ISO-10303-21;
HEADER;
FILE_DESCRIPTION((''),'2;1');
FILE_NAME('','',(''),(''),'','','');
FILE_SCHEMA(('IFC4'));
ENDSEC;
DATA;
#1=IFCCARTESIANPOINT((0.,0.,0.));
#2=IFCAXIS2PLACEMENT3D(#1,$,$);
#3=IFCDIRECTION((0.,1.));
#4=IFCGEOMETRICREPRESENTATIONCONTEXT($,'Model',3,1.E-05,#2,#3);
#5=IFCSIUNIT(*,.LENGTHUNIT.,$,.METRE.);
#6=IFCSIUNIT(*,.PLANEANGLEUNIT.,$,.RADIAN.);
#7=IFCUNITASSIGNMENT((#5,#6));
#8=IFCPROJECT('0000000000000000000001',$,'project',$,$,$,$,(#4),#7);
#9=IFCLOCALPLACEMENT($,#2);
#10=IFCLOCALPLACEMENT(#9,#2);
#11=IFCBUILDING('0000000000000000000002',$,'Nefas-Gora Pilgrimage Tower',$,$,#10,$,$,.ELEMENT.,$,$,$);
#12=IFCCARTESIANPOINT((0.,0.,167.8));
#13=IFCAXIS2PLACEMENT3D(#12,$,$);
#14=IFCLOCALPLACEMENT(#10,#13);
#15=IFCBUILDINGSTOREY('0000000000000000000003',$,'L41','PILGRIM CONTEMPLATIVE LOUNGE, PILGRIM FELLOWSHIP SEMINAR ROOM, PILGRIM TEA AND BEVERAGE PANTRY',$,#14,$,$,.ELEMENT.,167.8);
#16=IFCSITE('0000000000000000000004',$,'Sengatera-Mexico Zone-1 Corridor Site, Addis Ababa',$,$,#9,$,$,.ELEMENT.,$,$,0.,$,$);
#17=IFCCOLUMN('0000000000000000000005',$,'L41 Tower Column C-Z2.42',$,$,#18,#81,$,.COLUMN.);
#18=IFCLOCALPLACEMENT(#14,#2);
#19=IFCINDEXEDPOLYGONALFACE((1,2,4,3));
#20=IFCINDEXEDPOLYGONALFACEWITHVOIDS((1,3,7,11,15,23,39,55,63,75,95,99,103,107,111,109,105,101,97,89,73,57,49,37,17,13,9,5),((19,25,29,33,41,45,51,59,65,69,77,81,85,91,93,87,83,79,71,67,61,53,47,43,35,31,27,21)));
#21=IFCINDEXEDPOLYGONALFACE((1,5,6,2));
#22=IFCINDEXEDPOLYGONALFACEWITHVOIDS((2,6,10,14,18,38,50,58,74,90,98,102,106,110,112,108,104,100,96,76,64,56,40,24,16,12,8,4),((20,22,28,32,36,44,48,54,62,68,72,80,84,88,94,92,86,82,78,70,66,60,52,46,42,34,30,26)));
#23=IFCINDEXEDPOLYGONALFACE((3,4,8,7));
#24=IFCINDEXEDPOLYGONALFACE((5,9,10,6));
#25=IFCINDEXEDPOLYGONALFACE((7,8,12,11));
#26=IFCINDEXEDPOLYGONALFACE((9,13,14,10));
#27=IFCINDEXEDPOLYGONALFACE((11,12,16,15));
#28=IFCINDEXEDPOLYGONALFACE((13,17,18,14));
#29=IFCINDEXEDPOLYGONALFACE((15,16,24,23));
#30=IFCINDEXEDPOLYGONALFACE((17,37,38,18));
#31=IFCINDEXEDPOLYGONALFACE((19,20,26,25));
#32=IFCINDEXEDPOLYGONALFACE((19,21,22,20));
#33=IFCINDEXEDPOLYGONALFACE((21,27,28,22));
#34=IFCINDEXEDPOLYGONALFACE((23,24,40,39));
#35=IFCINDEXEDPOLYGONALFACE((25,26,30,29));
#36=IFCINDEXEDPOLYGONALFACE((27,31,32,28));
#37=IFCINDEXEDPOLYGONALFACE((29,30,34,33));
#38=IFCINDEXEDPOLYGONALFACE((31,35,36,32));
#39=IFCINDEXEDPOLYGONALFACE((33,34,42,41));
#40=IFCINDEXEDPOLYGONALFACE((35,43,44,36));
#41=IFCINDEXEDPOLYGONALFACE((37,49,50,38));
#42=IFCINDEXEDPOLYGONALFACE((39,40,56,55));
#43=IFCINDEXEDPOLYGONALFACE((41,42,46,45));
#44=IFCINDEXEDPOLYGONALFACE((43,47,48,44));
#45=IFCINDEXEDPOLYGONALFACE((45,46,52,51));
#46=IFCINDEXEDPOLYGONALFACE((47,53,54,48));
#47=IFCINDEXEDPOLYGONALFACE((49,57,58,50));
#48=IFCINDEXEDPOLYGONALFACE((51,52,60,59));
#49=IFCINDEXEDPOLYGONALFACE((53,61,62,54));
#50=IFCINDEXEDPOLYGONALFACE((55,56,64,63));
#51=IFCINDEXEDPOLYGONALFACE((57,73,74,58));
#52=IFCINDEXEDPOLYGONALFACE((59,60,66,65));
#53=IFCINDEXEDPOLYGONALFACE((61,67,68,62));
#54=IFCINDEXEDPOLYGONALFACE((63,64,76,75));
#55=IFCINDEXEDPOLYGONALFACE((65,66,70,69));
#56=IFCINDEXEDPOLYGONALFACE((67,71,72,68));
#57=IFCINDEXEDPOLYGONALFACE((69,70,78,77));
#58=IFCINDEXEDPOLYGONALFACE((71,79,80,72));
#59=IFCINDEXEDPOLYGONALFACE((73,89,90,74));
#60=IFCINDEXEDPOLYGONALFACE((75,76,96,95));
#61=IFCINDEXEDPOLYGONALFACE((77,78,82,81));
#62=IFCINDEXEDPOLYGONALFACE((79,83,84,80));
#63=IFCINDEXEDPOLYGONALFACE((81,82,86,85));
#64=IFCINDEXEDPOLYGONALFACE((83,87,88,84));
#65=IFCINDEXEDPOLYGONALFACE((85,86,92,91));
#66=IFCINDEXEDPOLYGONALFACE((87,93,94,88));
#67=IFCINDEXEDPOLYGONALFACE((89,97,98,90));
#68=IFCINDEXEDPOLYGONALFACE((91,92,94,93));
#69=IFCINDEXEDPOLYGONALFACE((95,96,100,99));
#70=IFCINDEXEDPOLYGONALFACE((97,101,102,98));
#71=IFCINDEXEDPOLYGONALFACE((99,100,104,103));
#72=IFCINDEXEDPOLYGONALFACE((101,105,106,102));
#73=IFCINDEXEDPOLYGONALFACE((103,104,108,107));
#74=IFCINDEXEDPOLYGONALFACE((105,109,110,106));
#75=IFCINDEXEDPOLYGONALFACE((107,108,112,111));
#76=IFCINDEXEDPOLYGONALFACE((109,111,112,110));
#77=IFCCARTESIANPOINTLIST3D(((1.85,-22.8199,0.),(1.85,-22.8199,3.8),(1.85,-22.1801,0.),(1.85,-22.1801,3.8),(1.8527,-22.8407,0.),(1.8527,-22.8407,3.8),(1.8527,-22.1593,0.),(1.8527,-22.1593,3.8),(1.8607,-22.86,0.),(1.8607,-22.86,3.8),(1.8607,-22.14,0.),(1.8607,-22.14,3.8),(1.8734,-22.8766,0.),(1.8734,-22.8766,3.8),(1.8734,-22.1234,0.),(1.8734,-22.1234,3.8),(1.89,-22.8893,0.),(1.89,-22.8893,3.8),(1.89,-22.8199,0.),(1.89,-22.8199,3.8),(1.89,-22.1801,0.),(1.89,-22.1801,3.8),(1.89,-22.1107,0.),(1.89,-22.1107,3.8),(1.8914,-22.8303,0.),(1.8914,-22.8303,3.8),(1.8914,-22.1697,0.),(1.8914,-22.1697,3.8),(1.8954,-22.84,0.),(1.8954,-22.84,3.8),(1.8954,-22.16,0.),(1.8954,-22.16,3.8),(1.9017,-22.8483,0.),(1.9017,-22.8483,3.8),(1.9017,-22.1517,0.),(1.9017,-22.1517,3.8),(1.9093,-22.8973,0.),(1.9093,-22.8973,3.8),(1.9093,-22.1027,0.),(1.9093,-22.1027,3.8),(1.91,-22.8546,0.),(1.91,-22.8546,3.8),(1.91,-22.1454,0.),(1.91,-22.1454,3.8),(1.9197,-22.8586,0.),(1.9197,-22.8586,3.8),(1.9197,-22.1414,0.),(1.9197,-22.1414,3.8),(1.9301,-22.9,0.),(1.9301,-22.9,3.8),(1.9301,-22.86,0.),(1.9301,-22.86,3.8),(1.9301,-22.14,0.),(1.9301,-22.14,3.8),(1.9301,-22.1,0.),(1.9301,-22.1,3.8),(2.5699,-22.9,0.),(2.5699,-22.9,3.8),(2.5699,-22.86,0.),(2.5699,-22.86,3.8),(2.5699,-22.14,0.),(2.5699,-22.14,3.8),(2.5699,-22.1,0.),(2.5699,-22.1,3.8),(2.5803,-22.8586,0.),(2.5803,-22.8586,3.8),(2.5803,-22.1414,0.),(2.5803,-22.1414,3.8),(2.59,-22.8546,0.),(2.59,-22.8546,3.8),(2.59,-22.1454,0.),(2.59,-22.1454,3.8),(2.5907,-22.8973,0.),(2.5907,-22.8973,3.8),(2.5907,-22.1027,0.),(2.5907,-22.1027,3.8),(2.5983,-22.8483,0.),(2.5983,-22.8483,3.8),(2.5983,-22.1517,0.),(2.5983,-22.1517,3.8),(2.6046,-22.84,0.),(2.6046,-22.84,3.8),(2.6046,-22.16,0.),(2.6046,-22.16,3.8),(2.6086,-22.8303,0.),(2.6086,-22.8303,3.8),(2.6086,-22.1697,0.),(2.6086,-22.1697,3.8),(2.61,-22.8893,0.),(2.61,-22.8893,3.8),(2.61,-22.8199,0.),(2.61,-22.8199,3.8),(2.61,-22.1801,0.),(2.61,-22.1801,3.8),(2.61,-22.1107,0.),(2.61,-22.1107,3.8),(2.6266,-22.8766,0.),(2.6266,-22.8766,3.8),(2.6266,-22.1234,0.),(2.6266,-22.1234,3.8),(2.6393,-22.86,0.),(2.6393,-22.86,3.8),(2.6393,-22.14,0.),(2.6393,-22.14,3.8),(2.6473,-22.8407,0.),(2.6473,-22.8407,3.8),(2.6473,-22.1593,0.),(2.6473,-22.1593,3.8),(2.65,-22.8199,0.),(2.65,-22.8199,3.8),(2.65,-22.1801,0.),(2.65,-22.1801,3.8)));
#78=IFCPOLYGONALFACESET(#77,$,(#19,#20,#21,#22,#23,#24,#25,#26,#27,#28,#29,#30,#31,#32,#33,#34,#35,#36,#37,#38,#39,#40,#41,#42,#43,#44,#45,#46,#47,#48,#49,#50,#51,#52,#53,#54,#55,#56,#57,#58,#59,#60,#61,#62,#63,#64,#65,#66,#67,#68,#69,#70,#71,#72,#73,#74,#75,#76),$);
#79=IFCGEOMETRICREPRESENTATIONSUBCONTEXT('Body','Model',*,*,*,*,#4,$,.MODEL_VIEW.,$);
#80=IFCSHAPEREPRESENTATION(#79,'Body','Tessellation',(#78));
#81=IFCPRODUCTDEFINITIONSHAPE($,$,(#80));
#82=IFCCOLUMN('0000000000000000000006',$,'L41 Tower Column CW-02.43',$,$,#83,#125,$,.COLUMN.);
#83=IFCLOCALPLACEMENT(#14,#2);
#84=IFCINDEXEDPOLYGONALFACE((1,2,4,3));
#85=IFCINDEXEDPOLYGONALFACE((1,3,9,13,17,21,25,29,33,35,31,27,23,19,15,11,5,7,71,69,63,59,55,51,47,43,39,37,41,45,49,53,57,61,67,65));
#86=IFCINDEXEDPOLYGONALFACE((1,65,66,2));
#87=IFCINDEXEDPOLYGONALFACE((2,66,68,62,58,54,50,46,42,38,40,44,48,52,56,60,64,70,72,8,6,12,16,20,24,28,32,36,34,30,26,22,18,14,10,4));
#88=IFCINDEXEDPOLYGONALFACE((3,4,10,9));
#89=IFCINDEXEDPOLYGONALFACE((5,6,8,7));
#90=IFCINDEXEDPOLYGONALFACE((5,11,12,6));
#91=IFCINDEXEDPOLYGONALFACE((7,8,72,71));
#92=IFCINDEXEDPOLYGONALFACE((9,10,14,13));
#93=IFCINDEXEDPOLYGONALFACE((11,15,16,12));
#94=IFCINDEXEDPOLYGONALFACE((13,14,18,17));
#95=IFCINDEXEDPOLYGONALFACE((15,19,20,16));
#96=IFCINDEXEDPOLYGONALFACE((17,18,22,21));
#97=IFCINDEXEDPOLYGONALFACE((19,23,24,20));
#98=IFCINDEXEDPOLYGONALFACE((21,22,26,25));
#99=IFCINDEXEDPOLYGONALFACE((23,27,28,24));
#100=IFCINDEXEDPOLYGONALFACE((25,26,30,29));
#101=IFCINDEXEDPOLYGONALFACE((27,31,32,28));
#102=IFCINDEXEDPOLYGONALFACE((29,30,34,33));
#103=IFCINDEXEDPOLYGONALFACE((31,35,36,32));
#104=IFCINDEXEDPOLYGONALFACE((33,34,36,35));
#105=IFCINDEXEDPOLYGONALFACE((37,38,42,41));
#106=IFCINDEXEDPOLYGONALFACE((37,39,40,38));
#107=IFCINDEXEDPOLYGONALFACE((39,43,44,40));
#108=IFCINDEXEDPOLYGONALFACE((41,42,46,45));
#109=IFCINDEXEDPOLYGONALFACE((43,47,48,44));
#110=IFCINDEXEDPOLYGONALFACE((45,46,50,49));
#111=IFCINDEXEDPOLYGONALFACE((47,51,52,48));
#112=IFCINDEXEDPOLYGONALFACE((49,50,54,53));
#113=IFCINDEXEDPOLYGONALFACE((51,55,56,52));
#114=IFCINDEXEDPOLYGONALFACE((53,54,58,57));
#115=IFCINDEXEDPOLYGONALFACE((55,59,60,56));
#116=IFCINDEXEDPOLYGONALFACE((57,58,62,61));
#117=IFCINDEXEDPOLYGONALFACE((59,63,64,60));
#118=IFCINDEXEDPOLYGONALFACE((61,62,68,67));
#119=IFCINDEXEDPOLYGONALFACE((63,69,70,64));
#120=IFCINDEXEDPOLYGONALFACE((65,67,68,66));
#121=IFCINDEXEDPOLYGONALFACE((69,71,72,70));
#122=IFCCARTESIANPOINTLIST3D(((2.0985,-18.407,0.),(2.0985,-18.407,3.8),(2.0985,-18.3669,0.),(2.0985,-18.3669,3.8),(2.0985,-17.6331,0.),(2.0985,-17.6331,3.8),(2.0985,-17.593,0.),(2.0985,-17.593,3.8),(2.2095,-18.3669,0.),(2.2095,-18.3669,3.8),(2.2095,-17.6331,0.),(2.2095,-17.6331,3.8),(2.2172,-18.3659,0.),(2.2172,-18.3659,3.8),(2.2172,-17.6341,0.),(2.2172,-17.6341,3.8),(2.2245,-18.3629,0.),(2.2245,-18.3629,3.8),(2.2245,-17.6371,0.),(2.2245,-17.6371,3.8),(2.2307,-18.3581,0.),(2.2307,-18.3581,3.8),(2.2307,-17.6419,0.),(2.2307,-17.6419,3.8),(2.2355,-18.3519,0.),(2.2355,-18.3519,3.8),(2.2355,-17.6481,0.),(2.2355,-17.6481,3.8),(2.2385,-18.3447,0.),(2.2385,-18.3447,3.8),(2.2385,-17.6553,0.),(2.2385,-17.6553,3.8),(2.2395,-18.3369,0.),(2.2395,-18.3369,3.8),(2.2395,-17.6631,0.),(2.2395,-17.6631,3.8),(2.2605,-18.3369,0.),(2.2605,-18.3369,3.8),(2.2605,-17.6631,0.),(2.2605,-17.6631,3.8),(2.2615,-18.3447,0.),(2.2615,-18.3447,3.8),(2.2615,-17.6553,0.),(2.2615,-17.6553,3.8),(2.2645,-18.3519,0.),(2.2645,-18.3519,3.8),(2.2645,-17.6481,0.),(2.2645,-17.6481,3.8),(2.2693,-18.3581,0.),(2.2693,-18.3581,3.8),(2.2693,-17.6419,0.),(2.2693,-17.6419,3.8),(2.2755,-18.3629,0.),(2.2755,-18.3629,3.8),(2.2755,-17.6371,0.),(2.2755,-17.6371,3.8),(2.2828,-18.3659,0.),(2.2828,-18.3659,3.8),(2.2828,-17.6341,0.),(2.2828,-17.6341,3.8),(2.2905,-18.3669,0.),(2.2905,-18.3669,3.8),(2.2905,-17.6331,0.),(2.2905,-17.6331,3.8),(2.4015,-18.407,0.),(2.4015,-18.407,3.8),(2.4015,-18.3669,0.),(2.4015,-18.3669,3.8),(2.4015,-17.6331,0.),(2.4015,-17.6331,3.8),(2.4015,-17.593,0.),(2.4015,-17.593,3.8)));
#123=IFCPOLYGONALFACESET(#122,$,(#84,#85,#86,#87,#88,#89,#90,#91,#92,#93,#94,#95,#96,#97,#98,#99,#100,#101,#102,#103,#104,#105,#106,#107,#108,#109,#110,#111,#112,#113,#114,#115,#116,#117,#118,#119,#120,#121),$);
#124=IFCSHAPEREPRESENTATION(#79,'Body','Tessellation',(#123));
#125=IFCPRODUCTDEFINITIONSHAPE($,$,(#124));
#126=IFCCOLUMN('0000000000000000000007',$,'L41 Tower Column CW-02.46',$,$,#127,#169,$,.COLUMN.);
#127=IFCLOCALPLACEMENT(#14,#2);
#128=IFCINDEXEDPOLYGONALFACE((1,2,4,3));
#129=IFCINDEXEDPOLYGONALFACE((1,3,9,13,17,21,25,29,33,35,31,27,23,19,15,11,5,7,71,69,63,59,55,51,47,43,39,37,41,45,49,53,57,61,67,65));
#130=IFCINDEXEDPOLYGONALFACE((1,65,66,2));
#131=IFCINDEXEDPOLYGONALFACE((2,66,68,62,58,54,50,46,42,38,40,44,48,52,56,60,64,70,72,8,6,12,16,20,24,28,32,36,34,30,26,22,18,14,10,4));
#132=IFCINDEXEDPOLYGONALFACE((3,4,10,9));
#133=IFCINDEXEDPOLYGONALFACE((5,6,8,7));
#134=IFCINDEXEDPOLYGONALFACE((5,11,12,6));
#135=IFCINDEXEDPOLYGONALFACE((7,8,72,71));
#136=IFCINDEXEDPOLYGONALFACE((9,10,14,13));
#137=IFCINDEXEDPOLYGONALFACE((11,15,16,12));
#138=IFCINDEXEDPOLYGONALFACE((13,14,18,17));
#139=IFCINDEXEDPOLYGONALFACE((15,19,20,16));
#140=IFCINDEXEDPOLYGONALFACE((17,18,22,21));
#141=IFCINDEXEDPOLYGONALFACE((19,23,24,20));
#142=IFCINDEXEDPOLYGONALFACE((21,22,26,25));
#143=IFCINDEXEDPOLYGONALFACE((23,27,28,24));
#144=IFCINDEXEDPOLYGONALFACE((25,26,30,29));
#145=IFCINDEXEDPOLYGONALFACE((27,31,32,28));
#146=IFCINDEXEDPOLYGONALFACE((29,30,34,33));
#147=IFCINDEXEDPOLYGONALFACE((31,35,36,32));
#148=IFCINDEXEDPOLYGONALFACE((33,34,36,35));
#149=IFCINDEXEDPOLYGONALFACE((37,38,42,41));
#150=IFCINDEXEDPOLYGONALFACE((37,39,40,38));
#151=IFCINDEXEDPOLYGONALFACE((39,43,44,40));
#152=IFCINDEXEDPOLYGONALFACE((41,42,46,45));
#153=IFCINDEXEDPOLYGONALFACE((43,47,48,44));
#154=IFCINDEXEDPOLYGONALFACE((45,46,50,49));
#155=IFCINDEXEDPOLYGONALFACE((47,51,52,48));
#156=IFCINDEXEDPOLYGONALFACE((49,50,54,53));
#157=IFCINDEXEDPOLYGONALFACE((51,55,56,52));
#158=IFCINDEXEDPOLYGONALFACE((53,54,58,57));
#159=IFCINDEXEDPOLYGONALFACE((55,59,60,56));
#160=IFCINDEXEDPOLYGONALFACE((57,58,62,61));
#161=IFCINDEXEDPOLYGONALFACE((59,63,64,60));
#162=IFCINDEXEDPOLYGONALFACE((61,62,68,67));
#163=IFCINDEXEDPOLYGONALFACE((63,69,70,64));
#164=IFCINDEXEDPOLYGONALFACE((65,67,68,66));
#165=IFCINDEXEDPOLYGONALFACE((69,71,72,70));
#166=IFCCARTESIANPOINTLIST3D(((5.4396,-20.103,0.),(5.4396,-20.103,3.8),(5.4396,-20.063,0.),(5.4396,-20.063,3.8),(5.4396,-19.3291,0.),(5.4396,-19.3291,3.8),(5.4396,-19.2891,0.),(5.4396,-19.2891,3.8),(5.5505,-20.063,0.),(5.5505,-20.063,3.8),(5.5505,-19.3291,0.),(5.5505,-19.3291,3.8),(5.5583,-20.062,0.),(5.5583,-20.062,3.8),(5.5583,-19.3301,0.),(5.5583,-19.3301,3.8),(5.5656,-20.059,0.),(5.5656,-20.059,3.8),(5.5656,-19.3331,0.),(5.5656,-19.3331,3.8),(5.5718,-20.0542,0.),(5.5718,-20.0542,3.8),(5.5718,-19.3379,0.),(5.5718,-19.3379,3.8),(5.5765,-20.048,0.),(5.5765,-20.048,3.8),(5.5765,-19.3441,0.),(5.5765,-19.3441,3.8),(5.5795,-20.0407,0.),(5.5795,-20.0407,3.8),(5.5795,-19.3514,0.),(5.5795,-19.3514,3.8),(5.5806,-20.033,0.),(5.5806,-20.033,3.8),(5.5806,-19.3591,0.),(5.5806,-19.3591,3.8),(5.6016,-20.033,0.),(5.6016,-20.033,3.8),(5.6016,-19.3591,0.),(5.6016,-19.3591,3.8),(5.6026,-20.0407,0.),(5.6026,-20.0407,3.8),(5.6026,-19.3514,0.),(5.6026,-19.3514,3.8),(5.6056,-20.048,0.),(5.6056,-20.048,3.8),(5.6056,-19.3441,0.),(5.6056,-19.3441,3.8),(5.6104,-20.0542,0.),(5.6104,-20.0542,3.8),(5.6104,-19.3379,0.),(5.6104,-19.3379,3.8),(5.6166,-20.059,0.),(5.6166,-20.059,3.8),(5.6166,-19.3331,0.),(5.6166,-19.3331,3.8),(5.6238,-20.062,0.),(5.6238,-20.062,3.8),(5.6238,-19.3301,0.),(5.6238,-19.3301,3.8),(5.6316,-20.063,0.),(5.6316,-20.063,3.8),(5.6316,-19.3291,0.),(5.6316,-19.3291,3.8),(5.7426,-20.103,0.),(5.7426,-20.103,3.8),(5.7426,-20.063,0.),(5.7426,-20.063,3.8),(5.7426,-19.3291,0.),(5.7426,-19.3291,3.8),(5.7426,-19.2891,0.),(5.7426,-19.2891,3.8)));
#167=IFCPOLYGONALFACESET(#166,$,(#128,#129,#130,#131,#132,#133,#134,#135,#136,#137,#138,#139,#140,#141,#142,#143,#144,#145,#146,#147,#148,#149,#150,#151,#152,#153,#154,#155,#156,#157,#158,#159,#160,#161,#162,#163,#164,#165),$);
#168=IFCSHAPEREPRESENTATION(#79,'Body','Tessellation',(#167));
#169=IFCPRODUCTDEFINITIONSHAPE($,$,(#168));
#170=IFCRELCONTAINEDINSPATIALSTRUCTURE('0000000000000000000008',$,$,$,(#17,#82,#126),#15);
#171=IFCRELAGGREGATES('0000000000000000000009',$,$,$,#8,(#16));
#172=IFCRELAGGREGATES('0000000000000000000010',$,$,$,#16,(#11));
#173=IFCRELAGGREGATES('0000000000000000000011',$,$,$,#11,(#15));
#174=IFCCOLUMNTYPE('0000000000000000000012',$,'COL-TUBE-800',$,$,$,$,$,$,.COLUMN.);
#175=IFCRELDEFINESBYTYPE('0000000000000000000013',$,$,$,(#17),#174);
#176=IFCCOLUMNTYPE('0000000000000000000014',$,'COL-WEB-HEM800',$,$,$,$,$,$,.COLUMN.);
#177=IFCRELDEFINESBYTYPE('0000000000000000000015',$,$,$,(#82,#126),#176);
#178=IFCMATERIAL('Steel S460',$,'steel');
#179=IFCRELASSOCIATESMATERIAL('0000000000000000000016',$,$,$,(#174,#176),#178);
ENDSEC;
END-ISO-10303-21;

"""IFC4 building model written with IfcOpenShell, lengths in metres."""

from ifc_helpers import new_model, si_unit, direction, frame, origin, origin_2d, place, context, subcontext, project, spatial, hollow_rectangle, i_section, extrude, source, transform, mapped, material, material_profile, profile_set, type_object, element, save


model = new_model("IFC4")

# Units and contexts
model_context = context("Model", 3, precision=1e-05, world=origin(), true_north=direction((0.0, 1.0)))
body_context = subcontext(model_context, "Body", "Model", "MODEL_VIEW")
ifc_project = project(units=[si_unit("LENGTHUNIT", "METRE"), si_unit("PLANEANGLEUNIT", "RADIAN")], contexts=[model_context])

# Site, building, storey
site_placement = place(None, origin())
site = spatial("IfcSite", under=ifc_project, at=site_placement, Name="Sengatera-Mexico Zone-1 Corridor Site, Addis Ababa", CompositionType="ELEMENT", RefElevation=0.0)
building_placement = place(site_placement, origin())
building = spatial("IfcBuilding", under=site, at=building_placement, Name="Nefas-Gora Pilgrimage Tower", CompositionType="ELEMENT")
storey_placement = place(building_placement, frame((0.0, 0.0, 167.8)))
storey = spatial("IfcBuildingStorey", under=building, at=storey_placement, Name="L41", Description="PILGRIM CONTEMPLATIVE LOUNGE, PILGRIM FELLOWSHIP SEMINAR ROOM, PILGRIM TEA AND BEVERAGE PANTRY", CompositionType="ELEMENT", Elevation=167.8)

# Columns
ifc_material_1 = material(Name="Steel S460", Category="steel")
ifc_material_profile_1 = material_profile(ifc_material_1, hollow_rectangle(XDim=0.8, YDim=0.8, WallThickness=0.04, InnerFilletRadius=0.04, OuterFilletRadius=0.0801, at=origin_2d()), Name="BOX 800x800x40")
ifc_profile_set_1 = profile_set([ifc_material_profile_1], Name="Steel S460")
column_type_1 = type_object("IfcColumnType", Name="COL-TUBE-800", PredefinedType="COLUMN", material=ifc_profile_set_1)
shared_shape_1 = source(origin(), body_context, "Body", "SweptSolid", [
    extrude(hollow_rectangle(XDim=0.8, YDim=0.8, WallThickness=0.04, InnerFilletRadius=0.04, OuterFilletRadius=0.0801, at=origin_2d()), origin(), (0.0, 0.0, 1.0), 3.8),
])
column_placement = place(storey_placement, frame((2.25, -22.5, 0.0), z_axis=(0.0, 0.0, 1.0), x_axis=(1.0, 0.0, 0.0)))
element("IfcColumn", 1, at=column_placement, inside=storey, type_object=column_type_1, Name="L41 Tower Column C-Z2.42", PredefinedType="COLUMN", context=body_context, shape_type="MappedRepresentation", body=[
    mapped(shared_shape_1, transform((0.0, 0.0, 0.0), x_axis=(1.0, 0.0, 0.0), y_axis=(0.0, 1.0, 0.0), z_axis=(0.0, 0.0, 1.0), scale=1.0)),
])
ifc_material_profile_2 = material_profile(ifc_material_1, i_section(OverallWidth=0.303, OverallDepth=0.814, WebThickness=0.021, FlangeThickness=0.04, FilletRadius=0.03, at=origin_2d()), Name="HEM 800")
ifc_profile_set_2 = profile_set([ifc_material_profile_2], Name="Steel S460")
column_type_2 = type_object("IfcColumnType", Name="COL-WEB-HEM800", PredefinedType="COLUMN", material=ifc_profile_set_2)
shared_shape_2 = source(origin(), body_context, "Body", "SweptSolid", [
    extrude(i_section(OverallWidth=0.303, OverallDepth=0.814, WebThickness=0.021, FlangeThickness=0.04, FilletRadius=0.03, at=origin_2d()), origin(), (0.0, 0.0, 1.0), 3.8),
])
for number, where, z_axis, x_axis, name in (
    (2, (2.25, -18.0, 0.0), (0.0, 0.0, 1.0), (1.0, 0.0, 0.0), "L41 Tower Column CW-02.43"),
    (3, (5.5911, -19.696, 0.0), (0.0, 0.0, 1.0), (1.0, 0.0, 0.0), "L41 Tower Column CW-02.46"),
):
    element("IfcColumn", number, at=place(storey_placement, frame(where, z_axis=z_axis, x_axis=x_axis)), inside=storey, type_object=column_type_2, Name=name, PredefinedType="COLUMN", context=body_context, shape_type="MappedRepresentation", body=[
        mapped(shared_shape_2, transform((0.0, 0.0, 0.0), x_axis=(1.0, 0.0, 0.0), y_axis=(0.0, 1.0, 0.0), z_axis=(0.0, 0.0, 1.0), scale=1.0)),
    ])

save(model, "model.ifc")
